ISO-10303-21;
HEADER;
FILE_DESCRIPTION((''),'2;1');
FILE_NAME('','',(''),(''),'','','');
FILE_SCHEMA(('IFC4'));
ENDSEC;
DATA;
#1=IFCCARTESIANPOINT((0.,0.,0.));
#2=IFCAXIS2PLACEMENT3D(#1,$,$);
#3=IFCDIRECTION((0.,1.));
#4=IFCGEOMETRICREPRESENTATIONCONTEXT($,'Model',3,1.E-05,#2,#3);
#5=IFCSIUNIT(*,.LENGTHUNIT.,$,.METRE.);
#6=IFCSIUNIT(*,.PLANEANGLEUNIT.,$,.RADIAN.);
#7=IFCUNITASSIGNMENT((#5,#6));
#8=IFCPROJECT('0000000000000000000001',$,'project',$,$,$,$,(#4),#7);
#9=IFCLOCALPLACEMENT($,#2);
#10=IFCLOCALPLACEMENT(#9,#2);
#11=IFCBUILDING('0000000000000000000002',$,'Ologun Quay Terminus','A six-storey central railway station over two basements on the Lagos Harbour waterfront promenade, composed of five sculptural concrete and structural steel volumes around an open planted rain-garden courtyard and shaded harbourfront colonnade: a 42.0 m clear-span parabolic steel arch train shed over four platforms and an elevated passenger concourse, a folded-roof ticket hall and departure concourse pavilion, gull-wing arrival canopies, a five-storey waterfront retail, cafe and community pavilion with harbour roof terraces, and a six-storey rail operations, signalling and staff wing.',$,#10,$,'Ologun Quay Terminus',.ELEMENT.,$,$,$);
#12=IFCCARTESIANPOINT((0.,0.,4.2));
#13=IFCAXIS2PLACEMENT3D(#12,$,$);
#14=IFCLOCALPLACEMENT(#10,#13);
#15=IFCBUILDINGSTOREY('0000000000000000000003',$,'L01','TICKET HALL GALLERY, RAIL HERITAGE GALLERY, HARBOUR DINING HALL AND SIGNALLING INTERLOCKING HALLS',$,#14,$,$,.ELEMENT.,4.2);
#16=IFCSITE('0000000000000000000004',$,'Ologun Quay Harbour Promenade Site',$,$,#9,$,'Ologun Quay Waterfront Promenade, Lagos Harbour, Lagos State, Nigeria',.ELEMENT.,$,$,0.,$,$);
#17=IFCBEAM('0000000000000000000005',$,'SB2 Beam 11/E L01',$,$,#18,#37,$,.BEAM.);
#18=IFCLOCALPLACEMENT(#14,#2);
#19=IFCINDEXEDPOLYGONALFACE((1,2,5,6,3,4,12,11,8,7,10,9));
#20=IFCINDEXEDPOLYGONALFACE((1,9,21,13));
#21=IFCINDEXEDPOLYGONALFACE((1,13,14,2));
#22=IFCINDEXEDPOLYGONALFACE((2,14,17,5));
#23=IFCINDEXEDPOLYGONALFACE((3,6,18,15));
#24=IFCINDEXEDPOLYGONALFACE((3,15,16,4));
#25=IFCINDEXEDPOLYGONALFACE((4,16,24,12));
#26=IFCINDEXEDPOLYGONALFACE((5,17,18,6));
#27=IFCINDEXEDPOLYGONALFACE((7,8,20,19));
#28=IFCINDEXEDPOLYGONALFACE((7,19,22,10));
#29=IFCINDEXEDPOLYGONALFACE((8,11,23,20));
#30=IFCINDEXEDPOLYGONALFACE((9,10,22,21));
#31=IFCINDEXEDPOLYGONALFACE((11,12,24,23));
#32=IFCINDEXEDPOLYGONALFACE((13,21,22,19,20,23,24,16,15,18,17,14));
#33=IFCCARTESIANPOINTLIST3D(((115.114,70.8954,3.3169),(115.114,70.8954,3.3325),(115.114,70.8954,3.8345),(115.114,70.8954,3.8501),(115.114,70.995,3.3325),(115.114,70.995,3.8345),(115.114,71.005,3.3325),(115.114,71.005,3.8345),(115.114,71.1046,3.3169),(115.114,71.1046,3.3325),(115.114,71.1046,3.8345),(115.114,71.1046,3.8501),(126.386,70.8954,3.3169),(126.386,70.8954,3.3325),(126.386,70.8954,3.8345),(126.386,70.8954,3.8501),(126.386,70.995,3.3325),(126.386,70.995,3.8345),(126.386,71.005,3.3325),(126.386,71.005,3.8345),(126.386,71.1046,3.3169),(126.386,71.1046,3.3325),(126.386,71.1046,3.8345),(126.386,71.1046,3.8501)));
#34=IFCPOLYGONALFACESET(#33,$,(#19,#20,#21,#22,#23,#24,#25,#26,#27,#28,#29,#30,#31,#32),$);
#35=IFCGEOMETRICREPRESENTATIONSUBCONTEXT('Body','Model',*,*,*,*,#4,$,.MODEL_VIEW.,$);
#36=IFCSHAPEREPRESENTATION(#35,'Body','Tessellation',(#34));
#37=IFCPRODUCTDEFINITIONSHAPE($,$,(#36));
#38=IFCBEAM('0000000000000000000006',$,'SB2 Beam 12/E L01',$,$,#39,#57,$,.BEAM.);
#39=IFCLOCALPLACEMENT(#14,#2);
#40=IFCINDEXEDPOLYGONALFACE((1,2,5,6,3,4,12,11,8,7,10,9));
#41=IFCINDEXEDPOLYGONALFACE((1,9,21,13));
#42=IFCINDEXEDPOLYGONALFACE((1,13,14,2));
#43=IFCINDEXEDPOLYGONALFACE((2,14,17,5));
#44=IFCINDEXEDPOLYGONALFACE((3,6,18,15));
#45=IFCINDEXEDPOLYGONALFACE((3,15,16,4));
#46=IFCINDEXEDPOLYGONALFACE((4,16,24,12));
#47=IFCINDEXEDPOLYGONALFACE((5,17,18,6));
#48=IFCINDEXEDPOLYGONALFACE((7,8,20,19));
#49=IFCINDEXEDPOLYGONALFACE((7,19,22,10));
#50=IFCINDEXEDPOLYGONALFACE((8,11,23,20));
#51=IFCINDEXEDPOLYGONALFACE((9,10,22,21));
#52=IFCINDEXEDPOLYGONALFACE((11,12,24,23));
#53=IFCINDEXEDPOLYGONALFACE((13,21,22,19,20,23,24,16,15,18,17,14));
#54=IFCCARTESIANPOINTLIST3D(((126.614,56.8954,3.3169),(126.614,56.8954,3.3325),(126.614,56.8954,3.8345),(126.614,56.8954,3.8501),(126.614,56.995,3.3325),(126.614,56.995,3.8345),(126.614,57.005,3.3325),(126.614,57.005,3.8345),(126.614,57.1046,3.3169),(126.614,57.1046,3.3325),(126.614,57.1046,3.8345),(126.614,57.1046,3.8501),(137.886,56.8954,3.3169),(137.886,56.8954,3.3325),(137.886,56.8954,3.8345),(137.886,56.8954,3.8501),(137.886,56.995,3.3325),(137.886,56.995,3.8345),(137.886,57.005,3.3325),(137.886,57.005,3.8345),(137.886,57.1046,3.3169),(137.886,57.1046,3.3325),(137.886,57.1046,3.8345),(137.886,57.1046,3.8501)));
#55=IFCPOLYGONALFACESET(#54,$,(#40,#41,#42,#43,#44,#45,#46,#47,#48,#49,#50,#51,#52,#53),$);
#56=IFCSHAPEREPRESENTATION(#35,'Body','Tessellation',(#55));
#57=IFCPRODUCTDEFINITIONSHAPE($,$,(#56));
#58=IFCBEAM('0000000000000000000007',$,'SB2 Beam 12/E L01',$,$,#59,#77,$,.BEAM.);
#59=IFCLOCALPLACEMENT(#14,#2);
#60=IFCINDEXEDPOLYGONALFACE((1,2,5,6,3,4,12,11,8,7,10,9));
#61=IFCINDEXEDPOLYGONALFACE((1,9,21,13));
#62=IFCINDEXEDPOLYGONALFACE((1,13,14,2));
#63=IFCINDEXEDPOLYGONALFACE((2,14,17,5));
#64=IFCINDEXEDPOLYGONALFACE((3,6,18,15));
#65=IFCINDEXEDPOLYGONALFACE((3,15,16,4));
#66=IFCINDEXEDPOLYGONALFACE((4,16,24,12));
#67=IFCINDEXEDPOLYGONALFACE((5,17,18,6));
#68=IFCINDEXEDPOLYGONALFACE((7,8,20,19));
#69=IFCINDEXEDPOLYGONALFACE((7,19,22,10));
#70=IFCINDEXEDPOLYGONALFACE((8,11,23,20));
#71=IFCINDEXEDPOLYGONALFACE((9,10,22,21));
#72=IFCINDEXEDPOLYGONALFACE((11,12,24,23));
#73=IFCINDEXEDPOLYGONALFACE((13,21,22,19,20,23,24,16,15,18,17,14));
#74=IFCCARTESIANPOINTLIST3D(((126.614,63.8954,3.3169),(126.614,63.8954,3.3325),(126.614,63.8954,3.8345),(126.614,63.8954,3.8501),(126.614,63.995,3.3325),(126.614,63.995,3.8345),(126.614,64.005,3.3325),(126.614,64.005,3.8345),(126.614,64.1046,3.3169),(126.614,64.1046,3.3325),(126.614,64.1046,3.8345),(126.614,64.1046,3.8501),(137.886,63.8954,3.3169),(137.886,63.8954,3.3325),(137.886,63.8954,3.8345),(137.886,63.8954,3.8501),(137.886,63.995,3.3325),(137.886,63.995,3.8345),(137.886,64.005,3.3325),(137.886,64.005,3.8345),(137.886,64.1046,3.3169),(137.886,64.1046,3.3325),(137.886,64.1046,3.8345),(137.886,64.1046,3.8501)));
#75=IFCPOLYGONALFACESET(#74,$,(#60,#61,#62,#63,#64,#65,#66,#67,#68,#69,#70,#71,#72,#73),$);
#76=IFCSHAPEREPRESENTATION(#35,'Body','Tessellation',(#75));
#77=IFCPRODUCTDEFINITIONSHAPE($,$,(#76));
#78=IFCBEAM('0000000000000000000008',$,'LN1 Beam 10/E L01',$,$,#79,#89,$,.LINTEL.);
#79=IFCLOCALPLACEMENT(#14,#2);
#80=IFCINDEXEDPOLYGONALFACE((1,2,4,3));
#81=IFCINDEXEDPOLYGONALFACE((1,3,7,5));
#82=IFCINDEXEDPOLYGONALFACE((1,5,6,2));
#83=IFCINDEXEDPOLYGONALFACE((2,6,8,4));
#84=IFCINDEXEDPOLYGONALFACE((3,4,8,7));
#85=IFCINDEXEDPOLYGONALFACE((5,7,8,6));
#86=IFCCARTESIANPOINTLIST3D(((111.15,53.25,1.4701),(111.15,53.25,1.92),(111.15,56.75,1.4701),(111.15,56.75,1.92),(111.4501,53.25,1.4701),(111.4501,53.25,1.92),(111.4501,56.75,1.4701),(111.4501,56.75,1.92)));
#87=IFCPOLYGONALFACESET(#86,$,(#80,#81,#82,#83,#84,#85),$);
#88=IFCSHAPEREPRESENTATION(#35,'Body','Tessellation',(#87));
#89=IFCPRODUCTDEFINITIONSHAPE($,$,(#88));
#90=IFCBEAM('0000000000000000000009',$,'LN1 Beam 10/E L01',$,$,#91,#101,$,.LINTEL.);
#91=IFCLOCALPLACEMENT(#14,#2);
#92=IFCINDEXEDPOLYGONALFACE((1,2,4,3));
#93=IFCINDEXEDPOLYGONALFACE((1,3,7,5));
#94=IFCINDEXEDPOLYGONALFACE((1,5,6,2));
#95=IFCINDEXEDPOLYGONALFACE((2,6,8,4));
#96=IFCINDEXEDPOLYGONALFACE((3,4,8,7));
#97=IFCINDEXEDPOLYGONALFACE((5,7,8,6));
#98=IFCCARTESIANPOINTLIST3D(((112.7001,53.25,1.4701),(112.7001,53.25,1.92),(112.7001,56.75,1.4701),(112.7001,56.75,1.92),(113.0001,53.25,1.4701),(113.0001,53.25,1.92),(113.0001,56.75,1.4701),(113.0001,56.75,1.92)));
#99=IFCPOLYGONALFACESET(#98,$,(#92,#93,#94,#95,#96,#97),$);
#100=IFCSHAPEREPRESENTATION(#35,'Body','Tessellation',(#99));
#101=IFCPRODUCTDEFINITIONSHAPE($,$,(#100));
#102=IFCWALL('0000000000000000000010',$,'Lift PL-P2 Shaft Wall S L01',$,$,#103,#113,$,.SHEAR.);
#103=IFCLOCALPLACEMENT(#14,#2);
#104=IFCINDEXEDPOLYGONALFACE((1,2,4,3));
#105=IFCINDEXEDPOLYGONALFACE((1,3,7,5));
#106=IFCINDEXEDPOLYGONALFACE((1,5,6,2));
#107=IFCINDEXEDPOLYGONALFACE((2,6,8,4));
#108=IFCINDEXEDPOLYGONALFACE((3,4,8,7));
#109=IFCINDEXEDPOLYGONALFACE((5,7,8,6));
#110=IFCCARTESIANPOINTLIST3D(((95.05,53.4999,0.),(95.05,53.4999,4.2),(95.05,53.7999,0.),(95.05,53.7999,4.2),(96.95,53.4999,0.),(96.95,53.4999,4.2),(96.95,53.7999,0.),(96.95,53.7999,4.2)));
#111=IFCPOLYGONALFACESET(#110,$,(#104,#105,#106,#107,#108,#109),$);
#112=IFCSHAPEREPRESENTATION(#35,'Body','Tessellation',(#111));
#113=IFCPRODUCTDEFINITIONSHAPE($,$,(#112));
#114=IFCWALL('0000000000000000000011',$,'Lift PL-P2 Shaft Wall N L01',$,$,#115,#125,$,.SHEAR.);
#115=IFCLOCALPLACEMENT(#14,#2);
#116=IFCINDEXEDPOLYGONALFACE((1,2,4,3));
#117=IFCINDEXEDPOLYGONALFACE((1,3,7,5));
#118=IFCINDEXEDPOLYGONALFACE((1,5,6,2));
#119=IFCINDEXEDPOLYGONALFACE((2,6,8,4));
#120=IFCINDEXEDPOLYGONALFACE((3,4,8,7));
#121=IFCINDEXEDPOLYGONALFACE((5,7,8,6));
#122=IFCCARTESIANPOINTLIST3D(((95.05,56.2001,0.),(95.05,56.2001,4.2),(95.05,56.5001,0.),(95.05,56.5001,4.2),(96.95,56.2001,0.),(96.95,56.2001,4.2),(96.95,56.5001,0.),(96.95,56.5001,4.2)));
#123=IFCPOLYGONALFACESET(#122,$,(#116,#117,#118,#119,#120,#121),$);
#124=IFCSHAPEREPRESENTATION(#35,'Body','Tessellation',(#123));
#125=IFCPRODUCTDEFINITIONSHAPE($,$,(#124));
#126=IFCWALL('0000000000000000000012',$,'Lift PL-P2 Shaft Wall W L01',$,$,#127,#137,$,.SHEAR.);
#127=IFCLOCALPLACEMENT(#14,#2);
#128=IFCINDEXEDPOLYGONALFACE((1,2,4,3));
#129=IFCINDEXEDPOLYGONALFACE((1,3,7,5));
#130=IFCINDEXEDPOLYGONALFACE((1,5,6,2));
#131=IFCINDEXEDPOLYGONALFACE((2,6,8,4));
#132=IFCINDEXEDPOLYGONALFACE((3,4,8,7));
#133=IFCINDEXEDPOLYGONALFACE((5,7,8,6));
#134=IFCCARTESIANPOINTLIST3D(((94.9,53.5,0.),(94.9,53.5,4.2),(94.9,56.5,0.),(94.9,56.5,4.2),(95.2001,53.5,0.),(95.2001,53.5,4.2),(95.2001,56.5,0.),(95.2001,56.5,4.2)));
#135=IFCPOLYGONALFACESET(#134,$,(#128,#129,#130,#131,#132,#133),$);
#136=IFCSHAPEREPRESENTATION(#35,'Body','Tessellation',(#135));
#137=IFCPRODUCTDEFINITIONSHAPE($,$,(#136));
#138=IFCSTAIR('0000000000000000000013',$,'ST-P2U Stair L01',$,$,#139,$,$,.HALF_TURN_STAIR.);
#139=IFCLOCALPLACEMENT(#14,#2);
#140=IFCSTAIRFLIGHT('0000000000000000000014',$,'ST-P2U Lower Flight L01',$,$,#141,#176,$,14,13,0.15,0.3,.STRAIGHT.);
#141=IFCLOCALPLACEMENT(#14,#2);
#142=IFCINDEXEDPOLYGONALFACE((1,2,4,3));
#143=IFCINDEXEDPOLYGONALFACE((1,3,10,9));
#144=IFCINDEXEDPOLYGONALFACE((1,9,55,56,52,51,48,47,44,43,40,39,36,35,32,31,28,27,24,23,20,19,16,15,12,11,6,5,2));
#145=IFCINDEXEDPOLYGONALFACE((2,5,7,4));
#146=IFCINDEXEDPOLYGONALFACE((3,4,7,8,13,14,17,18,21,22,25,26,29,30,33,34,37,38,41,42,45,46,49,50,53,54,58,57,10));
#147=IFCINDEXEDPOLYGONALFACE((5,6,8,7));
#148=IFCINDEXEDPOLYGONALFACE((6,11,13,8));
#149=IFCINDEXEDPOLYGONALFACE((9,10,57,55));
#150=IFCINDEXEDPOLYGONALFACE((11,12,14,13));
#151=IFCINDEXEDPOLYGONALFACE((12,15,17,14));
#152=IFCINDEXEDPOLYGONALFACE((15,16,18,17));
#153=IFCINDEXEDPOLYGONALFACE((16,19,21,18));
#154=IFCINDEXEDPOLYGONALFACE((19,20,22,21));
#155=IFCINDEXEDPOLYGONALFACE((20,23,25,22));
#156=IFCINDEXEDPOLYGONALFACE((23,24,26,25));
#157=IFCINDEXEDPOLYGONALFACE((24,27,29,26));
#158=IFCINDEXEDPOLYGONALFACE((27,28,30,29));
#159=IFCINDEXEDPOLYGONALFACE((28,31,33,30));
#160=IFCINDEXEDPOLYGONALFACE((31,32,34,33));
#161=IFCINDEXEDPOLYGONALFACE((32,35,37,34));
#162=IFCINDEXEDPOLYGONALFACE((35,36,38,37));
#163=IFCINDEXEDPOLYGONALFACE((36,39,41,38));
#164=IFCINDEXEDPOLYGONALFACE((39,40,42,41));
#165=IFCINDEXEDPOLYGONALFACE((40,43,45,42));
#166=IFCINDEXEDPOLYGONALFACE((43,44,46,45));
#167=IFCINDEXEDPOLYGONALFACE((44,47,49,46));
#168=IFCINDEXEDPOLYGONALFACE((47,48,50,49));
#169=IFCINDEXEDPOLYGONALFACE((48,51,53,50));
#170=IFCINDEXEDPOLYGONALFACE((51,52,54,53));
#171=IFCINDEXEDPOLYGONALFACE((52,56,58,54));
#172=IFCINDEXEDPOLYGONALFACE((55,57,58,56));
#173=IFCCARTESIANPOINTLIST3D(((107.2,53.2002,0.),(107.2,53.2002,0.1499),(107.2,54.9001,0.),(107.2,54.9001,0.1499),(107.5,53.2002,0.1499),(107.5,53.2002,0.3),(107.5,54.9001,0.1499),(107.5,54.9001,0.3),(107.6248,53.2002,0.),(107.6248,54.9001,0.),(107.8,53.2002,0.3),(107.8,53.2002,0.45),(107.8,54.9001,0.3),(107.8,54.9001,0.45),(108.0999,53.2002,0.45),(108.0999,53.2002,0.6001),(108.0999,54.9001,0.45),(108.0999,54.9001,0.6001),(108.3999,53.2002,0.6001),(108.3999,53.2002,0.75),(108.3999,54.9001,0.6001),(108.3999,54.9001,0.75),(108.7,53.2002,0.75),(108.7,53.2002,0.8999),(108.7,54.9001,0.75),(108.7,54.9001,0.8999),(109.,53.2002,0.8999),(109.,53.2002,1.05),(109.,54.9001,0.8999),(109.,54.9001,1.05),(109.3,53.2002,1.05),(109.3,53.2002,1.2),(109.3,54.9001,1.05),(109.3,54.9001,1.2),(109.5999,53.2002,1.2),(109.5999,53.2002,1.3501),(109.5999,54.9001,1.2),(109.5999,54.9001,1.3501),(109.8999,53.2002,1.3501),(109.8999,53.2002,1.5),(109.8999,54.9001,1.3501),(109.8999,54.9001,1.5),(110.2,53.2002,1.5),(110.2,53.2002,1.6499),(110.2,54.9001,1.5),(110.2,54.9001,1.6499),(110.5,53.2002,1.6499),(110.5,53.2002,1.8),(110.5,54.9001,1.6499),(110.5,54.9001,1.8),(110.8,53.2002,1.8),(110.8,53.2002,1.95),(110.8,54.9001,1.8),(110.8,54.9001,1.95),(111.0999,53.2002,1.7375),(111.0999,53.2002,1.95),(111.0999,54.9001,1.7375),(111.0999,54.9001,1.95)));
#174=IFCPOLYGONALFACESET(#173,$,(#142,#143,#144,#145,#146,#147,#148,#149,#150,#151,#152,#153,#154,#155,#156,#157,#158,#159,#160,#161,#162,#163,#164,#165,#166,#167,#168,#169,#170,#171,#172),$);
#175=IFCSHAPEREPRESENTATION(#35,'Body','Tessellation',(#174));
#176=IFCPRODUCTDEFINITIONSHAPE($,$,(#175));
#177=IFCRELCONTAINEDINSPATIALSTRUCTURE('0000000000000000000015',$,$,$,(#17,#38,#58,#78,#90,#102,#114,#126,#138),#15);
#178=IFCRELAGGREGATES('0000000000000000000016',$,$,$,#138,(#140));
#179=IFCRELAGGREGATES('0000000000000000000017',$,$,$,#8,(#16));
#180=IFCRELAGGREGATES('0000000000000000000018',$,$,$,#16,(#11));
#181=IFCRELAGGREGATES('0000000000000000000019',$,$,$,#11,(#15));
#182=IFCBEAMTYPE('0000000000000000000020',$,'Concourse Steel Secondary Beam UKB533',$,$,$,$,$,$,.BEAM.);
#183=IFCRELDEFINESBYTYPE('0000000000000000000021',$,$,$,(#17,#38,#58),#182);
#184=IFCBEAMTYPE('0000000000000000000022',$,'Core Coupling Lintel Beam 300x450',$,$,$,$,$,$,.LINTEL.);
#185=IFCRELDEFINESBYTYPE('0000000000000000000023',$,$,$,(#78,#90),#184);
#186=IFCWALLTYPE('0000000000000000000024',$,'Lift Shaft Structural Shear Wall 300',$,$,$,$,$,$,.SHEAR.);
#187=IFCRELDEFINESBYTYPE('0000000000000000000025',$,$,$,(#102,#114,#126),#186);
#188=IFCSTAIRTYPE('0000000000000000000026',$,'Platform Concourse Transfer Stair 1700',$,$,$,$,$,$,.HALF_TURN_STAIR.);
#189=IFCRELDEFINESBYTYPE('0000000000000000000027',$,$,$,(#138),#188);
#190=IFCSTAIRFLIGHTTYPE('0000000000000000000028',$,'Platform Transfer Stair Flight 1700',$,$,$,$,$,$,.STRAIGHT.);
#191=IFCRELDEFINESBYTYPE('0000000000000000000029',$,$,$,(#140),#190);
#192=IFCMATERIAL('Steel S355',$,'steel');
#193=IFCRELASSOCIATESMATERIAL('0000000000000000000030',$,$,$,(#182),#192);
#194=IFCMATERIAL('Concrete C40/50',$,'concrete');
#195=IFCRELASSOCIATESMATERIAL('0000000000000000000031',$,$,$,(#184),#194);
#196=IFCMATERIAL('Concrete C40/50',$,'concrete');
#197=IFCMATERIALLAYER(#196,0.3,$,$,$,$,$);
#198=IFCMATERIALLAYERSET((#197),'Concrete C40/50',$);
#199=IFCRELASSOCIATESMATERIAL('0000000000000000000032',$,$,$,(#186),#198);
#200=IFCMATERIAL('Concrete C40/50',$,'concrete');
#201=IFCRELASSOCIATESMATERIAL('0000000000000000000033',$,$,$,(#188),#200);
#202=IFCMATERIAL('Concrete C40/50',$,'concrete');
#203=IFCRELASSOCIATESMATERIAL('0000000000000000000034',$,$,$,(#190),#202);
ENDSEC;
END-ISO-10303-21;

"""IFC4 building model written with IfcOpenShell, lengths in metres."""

from ifc_helpers import new_model, si_unit, direction, frame, frame_2d, origin, origin_2d, place, context, subcontext, project, spatial, polyline, rectangle, i_section, outline, extrude, material, layer, layer_set, material_profile, profile_set, type_object, element, aggregate, save


model = new_model("IFC4")

# Units and contexts
model_context = context("Model", 3, precision=1e-05, world=origin(), true_north=direction((0.0, 1.0)))
body_context = subcontext(model_context, "Body", "Model", "MODEL_VIEW")
ifc_project = project(units=[si_unit("LENGTHUNIT", "METRE"), si_unit("PLANEANGLEUNIT", "RADIAN")], contexts=[model_context])

# Site, building, storey
site_placement = place(None, origin())
site = spatial("IfcSite", under=ifc_project, at=site_placement, Name="Ologun Quay Harbour Promenade Site", LongName="Ologun Quay Waterfront Promenade, Lagos Harbour, Lagos State, Nigeria", CompositionType="ELEMENT", RefElevation=0.0)
building_placement = place(site_placement, origin())
building = spatial("IfcBuilding", under=site, at=building_placement, Name="Ologun Quay Terminus", Description="A six-storey central railway station over two basements on the Lagos Harbour waterfront promenade, composed of five sculptural concrete and structural steel volumes around an open planted rain-garden courtyard and shaded harbourfront colonnade: a 42.0 m clear-span parabolic steel arch train shed over four platforms and an elevated passenger concourse, a folded-roof ticket hall and departure concourse pavilion, gull-wing arrival canopies, a five-storey waterfront retail, cafe and community pavilion with harbour roof terraces, and a six-storey rail operations, signalling and staff wing.", LongName="Ologun Quay Terminus", CompositionType="ELEMENT")
storey_placement = place(building_placement, frame((0.0, 0.0, 4.2)))
storey = spatial("IfcBuildingStorey", under=building, at=storey_placement, Name="L01", Description="TICKET HALL GALLERY, RAIL HERITAGE GALLERY, HARBOUR DINING HALL AND SIGNALLING INTERLOCKING HALLS", CompositionType="ELEMENT", Elevation=4.2)

# Beams
ifc_material_1 = material(Name="Steel S355", Category="steel")
ifc_material_profile_1 = material_profile(ifc_material_1, i_section(OverallWidth=0.2092, OverallDepth=0.5332, WebThickness=0.01, FlangeThickness=0.0156, at=origin_2d()), Name="UKB 533x210x92")
ifc_profile_set_1 = profile_set([ifc_material_profile_1], Name="Steel S355")
beam_type_1 = type_object("IfcBeamType", Name="Concourse Steel Secondary Beam UKB533", PredefinedType="BEAM", material=ifc_profile_set_1)
for number, where, z_axis, x_axis, name in (
    (1, (115.114, 71.0, 3.5835), (1.0, 0.0, 0.0), (0.0, 1.0, 0.0), "SB2 Beam 11/E L01"),
    (2, (126.614, 57.0, 3.5835), (1.0, 0.0, 0.0), (0.0, 1.0, 0.0), "SB2 Beam 12/E L01"),
    (3, (126.614, 64.0, 3.5835), (1.0, 0.0, 0.0), (0.0, 1.0, 0.0), "SB2 Beam 12/E L01"),
):
    element("IfcBeam", number, at=place(storey_placement, frame(where, z_axis=z_axis, x_axis=x_axis)), inside=storey, type_object=beam_type_1, Name=name, PredefinedType="BEAM", context=body_context, shape_type="SweptSolid", body=[
        extrude(i_section(OverallWidth=0.2092, OverallDepth=0.5332, WebThickness=0.01, FlangeThickness=0.0156, at=origin_2d()), origin(), (0.0, 0.0, 1.0), 11.272),
    ])
ifc_material_2 = material(Name="Concrete C40/50", Category="concrete")
ifc_material_profile_2 = material_profile(ifc_material_2, rectangle(XDim=0.3, YDim=0.45, at=origin_2d()), Name="RC 300x450")
ifc_profile_set_2 = profile_set([ifc_material_profile_2], Name="Concrete C40/50")
beam_type_2 = type_object("IfcBeamType", Name="Core Coupling Lintel Beam 300x450", PredefinedType="LINTEL", material=ifc_profile_set_2)
for number, where, z_axis, x_axis, name in (
    (4, (111.3, 53.25, 1.6951), (0.0, 1.0, 0.0), (-1.0, 0.0, 0.0), "LN1 Beam 10/E L01"),
    (5, (112.8501, 53.25, 1.6951), (0.0, 1.0, 0.0), (-1.0, 0.0, 0.0), "LN1 Beam 10/E L01"),
):
    element("IfcBeam", number, at=place(storey_placement, frame(where, z_axis=z_axis, x_axis=x_axis)), inside=storey, type_object=beam_type_2, Name=name, PredefinedType="LINTEL", context=body_context, shape_type="SweptSolid", body=[
        extrude(rectangle(XDim=0.3, YDim=0.45, at=origin_2d()), origin(), (0.0, 0.0, 1.0), 3.5),
    ])

# Walls
ifc_material_3 = material(Name="Concrete C40/50", Category="concrete")
ifc_layer = layer(ifc_material_3, 0.3)
ifc_layer_set = layer_set([ifc_layer], Name="Concrete C40/50")
wall_type = type_object("IfcWallType", Name="Lift Shaft Structural Shear Wall 300", PredefinedType="SHEAR", material=ifc_layer_set)
for number, where, z_axis, x_axis, name in (
    (6, (95.05, 53.6499, 0.0), (0.0, 0.0, 1.0), (1.0, 0.0, 0.0), "Lift PL-P2 Shaft Wall S L01"),
    (7, (95.05, 56.3501, 0.0), (0.0, 0.0, 1.0), (1.0, 0.0, 0.0), "Lift PL-P2 Shaft Wall N L01"),
):
    element("IfcWall", number, at=place(storey_placement, frame(where, z_axis=z_axis, x_axis=x_axis)), inside=storey, type_object=wall_type, Name=name, PredefinedType="SHEAR", context=body_context, shape_type="SweptSolid", body=[
        extrude(rectangle(XDim=1.8999, YDim=0.3, at=frame_2d((0.95, 0.0))), origin(), (0.0, 0.0, 1.0), 4.2),
    ])
wall_placement = place(storey_placement, frame((95.05, 53.5, 0.0), z_axis=(0.0, 0.0, 1.0), x_axis=(0.0, 1.0, 0.0)))
element("IfcWall", 8, at=wall_placement, inside=storey, type_object=wall_type, Name="Lift PL-P2 Shaft Wall W L01", PredefinedType="SHEAR", context=body_context, shape_type="SweptSolid", body=[
    extrude(rectangle(XDim=3.0, YDim=0.3, at=frame_2d((1.5, 0.0))), origin(), (0.0, 0.0, 1.0), 4.2),
])

# Stair, stair flight
ifc_material_4 = material(Name="Concrete C40/50", Category="concrete")
stair_type = type_object("IfcStairType", Name="Platform Concourse Transfer Stair 1700", PredefinedType="HALF_TURN_STAIR", material=ifc_material_4)
stair_placement = place(storey_placement, origin())
stair = element("IfcStair", 9, at=stair_placement, inside=storey, type_object=stair_type, Name="ST-P2U Stair L01", PredefinedType="HALF_TURN_STAIR")
ifc_material_5 = material(Name="Concrete C40/50", Category="concrete")
stair_flight_type = type_object("IfcStairFlightType", Name="Platform Transfer Stair Flight 1700", PredefinedType="STRAIGHT", material=ifc_material_5)
stair_flight_1_placement = place(storey_placement, frame((107.2, 54.05, 0.0), z_axis=(0.0, 0.0, 1.0), x_axis=(1.0, 0.0, 0.0)))
stair_flight_1 = element("IfcStairFlight", 10, at=stair_flight_1_placement, type_object=stair_flight_type, Name="ST-P2U Lower Flight L01", NumberOfRisers=14, NumberOfTreads=13, PredefinedType="STRAIGHT", RiserHeight=0.15, TreadLength=0.3, context=body_context, shape_type="SweptSolid", body=[
    extrude(outline(polyline([(0.0, 0.0), (0.0, 0.1499), (0.3, 0.1499), (0.3, 0.3), (0.6001, 0.3), (0.6001, 0.45), (0.8999, 0.45), (0.8999, 0.6001), (1.2, 0.6001), (1.2, 0.75), (1.5, 0.75), (1.5, 0.8999), (1.8, 0.8999), (1.8, 1.05), (2.1001, 1.05), (2.1001, 1.2), (2.3999, 1.2), (2.3999, 1.3501), (2.7, 1.3501), (2.7, 1.5), (3.0, 1.5), (3.0, 1.6499), (3.3, 1.6499), (3.3, 1.8), (3.6001, 1.8), (3.6001, 1.95), (3.8999, 1.95), (3.8999, 2.1001), (3.8999, 1.7375), (0.4248, 0.0), (0.0, 0.0)])), frame((0.0, 0.8501, 0.0), z_axis=(0.0, -1.0, 0.0), x_axis=(1.0, 0.0, 0.0)), (0.0, 0.0, 1.0), 1.7),
])
aggregate(stair, [stair_flight_1])

save(model, "model.ifc")
